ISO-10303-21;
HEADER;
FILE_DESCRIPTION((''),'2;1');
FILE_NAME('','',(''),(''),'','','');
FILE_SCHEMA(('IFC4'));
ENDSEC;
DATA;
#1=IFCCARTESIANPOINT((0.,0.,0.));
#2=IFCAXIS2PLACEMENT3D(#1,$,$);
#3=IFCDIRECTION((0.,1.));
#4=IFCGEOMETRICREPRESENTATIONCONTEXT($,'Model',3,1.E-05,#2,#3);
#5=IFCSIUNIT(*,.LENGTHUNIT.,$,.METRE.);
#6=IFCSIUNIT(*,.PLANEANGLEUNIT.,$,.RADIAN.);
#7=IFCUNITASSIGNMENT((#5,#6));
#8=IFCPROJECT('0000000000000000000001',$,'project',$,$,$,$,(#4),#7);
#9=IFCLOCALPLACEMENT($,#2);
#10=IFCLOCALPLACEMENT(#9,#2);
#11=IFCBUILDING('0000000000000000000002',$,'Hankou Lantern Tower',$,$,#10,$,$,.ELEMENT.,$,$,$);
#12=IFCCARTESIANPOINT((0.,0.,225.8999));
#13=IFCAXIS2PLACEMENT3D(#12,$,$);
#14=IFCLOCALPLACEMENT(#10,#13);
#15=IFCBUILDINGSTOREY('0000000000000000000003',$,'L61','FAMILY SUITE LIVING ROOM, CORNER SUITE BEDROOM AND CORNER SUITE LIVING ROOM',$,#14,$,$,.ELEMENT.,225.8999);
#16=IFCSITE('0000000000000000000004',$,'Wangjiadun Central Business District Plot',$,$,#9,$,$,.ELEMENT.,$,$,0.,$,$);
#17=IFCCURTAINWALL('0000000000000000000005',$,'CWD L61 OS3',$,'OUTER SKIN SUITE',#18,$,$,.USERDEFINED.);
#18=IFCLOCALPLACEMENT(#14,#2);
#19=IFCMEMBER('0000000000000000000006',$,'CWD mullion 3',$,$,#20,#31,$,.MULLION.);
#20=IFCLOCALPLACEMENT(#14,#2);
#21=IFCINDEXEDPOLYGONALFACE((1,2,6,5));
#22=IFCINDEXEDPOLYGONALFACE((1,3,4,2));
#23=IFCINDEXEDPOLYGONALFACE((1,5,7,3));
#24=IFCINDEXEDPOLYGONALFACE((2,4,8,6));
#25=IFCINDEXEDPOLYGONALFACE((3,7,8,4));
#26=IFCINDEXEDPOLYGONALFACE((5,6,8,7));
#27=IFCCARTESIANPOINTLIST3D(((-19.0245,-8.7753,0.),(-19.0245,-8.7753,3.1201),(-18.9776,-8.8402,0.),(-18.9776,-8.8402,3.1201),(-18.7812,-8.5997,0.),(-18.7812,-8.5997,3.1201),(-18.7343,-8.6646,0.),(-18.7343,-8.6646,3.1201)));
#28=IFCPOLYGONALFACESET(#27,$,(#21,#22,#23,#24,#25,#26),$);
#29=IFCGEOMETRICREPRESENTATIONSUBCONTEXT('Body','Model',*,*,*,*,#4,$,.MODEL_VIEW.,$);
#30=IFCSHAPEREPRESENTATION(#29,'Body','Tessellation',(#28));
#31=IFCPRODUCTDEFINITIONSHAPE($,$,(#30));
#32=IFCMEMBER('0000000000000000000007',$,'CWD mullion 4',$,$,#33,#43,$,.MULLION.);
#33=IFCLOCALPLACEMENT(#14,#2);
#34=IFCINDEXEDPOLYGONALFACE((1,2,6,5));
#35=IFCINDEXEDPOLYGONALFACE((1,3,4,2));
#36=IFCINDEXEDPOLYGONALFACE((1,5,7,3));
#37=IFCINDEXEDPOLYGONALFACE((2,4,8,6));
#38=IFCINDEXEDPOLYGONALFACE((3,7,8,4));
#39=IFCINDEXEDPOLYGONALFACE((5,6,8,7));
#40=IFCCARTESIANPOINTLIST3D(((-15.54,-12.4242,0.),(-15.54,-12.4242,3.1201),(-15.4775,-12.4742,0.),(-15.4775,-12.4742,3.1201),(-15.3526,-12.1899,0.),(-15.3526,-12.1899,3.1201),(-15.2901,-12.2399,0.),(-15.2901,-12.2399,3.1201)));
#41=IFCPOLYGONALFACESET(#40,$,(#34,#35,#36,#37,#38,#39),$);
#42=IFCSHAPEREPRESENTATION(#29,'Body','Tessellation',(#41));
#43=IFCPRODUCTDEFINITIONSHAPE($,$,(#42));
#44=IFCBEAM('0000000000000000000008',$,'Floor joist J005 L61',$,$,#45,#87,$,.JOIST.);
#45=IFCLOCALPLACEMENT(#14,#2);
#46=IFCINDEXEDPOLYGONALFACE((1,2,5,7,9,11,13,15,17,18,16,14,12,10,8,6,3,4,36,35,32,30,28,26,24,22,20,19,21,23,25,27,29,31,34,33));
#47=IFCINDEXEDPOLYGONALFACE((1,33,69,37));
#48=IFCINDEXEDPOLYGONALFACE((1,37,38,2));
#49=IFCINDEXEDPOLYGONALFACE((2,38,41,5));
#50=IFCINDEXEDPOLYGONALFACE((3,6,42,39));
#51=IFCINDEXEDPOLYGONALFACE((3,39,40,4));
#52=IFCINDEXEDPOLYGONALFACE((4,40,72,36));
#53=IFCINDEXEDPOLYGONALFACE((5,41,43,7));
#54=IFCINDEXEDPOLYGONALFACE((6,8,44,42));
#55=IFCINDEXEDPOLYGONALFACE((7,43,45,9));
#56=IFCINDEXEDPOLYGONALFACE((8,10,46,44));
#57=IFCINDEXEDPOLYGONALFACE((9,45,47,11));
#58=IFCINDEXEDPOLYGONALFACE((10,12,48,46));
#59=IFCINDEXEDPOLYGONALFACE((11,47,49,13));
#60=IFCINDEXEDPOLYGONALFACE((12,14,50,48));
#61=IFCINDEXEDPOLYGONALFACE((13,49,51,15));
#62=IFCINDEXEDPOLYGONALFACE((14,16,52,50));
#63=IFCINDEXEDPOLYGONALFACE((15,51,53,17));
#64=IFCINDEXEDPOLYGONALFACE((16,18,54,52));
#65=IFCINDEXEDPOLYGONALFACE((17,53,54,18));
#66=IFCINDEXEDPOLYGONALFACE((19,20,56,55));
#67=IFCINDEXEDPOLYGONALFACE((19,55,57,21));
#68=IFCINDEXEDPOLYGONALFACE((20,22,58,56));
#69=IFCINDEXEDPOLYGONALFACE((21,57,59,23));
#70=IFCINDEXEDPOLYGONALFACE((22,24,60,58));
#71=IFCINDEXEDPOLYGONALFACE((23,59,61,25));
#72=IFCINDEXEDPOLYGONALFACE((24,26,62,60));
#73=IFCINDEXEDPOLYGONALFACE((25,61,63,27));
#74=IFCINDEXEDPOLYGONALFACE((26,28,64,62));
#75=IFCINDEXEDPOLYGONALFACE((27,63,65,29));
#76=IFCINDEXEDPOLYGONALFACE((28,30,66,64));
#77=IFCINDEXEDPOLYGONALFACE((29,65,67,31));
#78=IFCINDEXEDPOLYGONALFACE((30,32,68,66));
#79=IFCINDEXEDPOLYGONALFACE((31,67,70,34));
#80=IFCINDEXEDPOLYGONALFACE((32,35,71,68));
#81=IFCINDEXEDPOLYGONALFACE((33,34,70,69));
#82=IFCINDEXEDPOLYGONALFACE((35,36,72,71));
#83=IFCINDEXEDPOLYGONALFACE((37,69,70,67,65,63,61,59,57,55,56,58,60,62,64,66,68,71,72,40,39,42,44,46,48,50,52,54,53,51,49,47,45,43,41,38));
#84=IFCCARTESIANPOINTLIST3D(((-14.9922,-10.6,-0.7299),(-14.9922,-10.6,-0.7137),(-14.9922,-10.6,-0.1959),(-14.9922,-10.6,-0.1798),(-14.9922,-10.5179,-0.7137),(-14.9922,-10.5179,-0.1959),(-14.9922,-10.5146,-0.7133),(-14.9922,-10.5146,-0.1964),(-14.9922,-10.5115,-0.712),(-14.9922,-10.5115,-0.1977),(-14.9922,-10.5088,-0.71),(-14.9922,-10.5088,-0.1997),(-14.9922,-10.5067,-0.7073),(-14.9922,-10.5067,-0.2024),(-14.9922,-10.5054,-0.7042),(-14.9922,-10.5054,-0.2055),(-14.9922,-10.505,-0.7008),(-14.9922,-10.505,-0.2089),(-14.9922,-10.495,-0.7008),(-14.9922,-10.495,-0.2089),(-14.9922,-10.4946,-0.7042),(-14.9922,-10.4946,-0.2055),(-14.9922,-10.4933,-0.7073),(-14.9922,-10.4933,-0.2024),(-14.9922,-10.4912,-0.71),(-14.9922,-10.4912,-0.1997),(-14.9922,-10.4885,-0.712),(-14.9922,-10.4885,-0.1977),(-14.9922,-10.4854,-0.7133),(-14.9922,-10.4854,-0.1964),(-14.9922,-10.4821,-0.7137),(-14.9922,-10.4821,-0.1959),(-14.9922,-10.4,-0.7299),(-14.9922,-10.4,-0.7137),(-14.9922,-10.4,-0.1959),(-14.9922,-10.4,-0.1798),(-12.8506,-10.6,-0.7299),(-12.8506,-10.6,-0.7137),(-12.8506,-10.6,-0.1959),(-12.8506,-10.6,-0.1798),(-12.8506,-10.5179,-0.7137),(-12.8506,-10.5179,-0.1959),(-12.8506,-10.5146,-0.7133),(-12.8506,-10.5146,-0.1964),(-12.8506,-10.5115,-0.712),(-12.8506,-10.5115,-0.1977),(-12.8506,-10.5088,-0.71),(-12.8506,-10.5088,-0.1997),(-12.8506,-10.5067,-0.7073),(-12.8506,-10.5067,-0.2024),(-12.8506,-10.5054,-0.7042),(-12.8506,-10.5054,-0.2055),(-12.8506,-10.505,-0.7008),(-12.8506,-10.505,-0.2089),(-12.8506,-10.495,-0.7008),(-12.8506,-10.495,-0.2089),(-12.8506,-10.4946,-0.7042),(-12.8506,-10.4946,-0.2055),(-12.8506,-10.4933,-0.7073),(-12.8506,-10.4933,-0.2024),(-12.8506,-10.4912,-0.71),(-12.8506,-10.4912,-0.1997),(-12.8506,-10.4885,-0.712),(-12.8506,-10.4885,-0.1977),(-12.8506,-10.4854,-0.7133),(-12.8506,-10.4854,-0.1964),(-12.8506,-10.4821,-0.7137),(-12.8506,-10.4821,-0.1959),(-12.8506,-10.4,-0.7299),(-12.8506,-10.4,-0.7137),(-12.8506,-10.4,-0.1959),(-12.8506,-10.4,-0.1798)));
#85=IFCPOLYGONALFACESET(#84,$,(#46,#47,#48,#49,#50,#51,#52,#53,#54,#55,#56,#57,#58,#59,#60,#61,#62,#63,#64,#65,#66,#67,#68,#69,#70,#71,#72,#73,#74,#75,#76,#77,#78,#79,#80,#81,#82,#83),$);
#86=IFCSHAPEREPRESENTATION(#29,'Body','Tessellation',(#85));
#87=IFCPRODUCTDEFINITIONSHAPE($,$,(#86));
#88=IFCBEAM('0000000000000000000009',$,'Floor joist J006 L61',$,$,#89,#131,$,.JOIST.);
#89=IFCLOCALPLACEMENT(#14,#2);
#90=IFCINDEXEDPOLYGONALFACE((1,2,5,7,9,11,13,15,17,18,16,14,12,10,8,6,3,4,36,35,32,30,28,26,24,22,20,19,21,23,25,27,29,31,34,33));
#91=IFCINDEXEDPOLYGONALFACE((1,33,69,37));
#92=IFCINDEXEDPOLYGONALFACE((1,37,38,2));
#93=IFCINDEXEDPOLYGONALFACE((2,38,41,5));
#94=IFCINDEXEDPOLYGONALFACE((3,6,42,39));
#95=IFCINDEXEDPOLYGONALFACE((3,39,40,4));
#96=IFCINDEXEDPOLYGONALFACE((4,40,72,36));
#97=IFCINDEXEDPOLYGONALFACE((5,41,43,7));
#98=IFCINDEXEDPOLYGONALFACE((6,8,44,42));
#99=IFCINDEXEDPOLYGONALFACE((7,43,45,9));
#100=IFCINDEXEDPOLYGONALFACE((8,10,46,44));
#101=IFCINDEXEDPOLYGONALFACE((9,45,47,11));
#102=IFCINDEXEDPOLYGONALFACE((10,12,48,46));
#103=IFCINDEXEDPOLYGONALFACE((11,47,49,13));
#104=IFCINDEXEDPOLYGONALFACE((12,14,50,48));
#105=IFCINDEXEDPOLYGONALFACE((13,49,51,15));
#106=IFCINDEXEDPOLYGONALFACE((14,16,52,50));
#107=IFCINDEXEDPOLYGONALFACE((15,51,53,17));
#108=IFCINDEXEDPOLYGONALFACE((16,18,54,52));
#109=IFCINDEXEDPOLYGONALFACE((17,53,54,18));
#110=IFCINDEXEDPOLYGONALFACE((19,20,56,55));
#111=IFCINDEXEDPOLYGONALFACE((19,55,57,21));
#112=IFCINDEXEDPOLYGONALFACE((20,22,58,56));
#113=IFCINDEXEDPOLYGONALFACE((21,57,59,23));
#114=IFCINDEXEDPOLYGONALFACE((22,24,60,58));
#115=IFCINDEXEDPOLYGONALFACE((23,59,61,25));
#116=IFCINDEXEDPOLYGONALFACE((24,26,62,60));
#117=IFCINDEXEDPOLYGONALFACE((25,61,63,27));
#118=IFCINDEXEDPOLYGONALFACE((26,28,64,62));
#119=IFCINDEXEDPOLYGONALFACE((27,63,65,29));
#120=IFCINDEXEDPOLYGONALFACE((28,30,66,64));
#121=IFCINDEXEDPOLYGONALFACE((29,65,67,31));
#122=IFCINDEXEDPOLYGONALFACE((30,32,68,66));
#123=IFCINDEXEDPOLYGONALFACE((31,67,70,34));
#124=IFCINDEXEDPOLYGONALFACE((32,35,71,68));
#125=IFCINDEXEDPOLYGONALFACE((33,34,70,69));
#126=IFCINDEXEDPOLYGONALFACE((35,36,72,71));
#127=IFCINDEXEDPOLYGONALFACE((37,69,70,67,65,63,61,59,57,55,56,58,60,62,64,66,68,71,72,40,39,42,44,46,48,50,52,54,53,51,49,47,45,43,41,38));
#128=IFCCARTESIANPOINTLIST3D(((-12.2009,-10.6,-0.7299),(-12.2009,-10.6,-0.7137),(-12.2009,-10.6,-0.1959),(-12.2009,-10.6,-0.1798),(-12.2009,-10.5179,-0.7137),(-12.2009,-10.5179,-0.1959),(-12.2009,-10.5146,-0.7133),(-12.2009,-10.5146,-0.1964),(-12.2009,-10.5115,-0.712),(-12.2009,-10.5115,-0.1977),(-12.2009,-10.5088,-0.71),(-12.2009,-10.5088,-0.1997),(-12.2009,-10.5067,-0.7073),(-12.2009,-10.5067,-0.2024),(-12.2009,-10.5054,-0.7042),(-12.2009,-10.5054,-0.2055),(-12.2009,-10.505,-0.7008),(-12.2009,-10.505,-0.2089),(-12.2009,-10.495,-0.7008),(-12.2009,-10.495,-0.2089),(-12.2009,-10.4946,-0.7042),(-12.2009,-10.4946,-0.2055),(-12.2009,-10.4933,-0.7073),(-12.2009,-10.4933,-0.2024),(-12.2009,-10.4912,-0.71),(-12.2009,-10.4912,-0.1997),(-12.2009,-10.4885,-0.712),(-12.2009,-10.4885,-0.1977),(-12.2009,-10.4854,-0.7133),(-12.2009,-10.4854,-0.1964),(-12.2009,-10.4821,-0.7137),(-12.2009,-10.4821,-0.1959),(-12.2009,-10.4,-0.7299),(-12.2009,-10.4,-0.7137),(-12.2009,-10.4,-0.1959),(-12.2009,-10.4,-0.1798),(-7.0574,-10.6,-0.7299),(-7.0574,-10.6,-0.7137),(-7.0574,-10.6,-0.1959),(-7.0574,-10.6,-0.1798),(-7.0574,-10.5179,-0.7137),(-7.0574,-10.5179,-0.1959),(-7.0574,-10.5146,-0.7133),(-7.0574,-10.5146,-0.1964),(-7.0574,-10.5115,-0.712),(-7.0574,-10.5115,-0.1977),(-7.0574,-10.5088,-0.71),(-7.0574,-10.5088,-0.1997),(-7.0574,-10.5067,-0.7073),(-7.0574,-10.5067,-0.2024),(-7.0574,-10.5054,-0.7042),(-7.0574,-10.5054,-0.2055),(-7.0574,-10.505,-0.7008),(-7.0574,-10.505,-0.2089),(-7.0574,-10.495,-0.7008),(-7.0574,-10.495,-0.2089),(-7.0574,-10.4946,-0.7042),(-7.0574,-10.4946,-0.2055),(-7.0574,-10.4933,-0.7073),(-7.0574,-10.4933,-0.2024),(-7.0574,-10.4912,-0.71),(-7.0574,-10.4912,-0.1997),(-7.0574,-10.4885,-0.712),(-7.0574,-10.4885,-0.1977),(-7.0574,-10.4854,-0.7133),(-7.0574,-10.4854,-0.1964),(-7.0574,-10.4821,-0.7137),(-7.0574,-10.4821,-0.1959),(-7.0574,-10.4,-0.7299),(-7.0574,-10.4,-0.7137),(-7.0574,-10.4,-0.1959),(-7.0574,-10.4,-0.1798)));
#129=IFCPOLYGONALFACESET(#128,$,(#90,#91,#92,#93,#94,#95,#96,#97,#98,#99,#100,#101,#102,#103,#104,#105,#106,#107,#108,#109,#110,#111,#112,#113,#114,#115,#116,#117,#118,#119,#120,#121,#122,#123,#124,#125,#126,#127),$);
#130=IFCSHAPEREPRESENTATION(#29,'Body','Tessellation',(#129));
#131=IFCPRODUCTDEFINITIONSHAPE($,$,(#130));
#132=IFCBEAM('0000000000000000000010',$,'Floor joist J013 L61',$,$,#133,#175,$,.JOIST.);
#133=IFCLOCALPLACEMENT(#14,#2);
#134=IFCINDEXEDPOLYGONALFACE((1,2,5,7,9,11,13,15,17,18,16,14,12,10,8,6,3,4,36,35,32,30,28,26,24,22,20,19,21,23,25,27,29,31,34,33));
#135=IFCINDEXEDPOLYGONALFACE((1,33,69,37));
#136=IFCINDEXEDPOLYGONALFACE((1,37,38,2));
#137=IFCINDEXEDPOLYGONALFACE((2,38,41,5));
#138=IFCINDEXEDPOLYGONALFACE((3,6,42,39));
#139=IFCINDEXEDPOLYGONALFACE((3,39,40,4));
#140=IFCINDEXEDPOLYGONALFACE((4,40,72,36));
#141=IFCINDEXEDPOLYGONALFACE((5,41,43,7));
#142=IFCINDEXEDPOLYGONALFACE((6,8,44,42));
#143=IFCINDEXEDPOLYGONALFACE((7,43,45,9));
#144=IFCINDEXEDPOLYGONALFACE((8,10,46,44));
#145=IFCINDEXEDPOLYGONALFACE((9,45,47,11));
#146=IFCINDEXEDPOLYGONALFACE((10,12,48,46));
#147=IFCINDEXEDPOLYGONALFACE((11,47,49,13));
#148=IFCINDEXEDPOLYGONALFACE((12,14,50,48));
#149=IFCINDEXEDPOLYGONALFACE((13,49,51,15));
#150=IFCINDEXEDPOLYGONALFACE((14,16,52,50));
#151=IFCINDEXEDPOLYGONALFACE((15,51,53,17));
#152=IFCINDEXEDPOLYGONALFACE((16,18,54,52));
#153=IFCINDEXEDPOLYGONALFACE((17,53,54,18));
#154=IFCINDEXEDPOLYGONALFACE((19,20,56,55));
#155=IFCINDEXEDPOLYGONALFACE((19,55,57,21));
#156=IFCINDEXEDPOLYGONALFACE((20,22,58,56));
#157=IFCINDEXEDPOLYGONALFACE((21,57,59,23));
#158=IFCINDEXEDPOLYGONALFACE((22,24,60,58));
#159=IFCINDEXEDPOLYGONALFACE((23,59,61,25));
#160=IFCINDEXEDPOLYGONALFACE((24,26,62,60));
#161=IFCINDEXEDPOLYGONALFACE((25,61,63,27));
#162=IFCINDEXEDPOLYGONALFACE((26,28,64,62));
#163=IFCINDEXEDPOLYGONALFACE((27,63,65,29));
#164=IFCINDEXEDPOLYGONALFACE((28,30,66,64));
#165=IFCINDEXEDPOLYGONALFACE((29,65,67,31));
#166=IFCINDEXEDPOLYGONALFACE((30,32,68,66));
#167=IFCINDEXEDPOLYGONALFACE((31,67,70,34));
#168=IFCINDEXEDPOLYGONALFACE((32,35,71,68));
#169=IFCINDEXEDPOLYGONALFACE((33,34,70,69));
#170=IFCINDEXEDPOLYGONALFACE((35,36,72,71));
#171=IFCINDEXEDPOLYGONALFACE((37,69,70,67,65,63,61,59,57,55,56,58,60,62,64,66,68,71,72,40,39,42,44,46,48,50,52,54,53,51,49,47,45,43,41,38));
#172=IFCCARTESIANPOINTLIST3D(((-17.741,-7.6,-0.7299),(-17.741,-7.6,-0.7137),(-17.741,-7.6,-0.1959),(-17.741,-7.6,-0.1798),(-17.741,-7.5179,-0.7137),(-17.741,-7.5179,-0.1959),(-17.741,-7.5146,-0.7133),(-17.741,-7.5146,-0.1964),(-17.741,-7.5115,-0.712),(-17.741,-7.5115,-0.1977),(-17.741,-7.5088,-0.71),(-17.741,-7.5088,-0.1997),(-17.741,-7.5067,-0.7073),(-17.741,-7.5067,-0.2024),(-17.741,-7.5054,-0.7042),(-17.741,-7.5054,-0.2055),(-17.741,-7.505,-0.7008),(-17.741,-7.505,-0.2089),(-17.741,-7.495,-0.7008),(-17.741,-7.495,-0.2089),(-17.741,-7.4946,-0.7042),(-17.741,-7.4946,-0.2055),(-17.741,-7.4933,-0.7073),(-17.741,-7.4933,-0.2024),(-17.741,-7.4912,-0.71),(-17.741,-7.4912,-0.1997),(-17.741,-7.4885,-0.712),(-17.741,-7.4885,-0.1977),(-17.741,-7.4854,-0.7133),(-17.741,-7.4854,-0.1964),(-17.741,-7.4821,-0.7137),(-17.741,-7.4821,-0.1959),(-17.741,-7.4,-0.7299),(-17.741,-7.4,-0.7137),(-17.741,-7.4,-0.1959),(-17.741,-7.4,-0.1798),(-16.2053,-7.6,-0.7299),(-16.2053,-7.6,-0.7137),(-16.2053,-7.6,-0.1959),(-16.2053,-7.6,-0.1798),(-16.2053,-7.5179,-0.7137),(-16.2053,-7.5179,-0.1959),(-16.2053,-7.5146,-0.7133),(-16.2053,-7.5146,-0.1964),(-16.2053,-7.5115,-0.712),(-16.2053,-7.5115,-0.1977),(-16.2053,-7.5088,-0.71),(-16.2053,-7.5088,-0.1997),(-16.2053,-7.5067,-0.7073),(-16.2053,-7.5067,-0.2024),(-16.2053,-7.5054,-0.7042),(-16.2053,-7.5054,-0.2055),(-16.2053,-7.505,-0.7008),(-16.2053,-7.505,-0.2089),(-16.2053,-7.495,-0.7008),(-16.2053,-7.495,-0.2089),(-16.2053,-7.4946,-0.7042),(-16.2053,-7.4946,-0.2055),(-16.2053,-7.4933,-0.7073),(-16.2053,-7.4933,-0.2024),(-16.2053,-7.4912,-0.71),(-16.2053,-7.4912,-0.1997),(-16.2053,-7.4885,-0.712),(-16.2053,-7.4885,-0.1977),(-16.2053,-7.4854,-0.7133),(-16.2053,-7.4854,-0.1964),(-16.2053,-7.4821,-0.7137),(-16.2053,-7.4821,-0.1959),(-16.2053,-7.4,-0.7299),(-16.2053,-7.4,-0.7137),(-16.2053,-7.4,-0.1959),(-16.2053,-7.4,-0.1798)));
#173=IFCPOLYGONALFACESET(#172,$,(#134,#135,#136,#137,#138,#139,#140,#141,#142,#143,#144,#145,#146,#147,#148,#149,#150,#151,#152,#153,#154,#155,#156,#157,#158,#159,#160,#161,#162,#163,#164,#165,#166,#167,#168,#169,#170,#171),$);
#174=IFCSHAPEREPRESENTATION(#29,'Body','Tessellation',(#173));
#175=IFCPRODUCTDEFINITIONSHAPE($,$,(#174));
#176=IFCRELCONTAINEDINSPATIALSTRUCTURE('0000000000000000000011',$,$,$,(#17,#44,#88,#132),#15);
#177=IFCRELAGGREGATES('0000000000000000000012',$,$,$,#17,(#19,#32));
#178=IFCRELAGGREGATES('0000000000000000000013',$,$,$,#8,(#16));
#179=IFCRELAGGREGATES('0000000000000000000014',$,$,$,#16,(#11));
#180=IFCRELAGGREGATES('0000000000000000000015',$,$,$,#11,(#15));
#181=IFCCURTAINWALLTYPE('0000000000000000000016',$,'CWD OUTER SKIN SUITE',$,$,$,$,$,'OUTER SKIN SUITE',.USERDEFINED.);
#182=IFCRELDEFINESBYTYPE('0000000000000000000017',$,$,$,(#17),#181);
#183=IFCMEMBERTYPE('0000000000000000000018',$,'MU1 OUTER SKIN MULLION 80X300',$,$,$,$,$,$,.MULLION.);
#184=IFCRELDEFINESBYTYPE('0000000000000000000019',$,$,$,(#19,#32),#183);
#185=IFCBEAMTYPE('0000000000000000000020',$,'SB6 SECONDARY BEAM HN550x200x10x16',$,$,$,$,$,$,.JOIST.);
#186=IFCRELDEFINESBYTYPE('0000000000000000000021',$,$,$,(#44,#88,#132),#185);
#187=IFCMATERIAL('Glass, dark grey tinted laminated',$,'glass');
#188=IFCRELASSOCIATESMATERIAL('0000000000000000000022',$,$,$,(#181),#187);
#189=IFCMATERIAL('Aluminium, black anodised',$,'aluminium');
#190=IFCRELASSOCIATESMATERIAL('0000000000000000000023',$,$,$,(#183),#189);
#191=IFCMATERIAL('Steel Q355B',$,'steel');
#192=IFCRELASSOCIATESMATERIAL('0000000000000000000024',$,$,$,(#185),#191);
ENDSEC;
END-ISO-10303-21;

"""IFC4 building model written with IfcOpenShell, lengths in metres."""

from ifc_helpers import new_model, si_unit, direction, frame, origin, origin_2d, place, context, subcontext, project, spatial, rectangle, i_section, extrude, material, material_profile, profile_set, type_object, element, aggregate, save


model = new_model("IFC4")

# Units and contexts
model_context = context("Model", 3, precision=1e-05, world=origin(), true_north=direction((0.0, 1.0)))
body_context = subcontext(model_context, "Body", "Model", "MODEL_VIEW")
ifc_project = project(units=[si_unit("LENGTHUNIT", "METRE"), si_unit("PLANEANGLEUNIT", "RADIAN")], contexts=[model_context])

# Site, building, storey
site_placement = place(None, origin())
site = spatial("IfcSite", under=ifc_project, at=site_placement, Name="Wangjiadun Central Business District Plot", CompositionType="ELEMENT", RefElevation=0.0)
building_placement = place(site_placement, origin())
building = spatial("IfcBuilding", under=site, at=building_placement, Name="Hankou Lantern Tower", CompositionType="ELEMENT")
storey_placement = place(building_placement, frame((0.0, 0.0, 225.8999)))
storey = spatial("IfcBuildingStorey", under=building, at=storey_placement, Name="L61", Description="FAMILY SUITE LIVING ROOM, CORNER SUITE BEDROOM AND CORNER SUITE LIVING ROOM", CompositionType="ELEMENT", Elevation=225.8999)

# Curtain wall, members
ifc_material_1 = material(Name="Glass, dark grey tinted laminated", Category="glass")
curtain_wall_type = type_object("IfcCurtainWallType", Name="CWD OUTER SKIN SUITE", ElementType="OUTER SKIN SUITE", PredefinedType="USERDEFINED", material=ifc_material_1)
curtain_wall_placement = place(storey_placement, origin())
curtain_wall = element("IfcCurtainWall", 1, at=curtain_wall_placement, inside=storey, type_object=curtain_wall_type, Name="CWD L61 OS3", ObjectType="OUTER SKIN SUITE", PredefinedType="USERDEFINED")
ifc_material_2 = material(Name="Aluminium, black anodised", Category="aluminium")
ifc_material_profile_1 = material_profile(ifc_material_2, rectangle(XDim=0.0801, YDim=0.3, at=origin_2d()), Name="MU1 80X300")
ifc_profile_set_1 = profile_set([ifc_material_profile_1], Name="Aluminium, black anodised")
member_type_1 = type_object("IfcMemberType", Name="MU1 OUTER SKIN MULLION 80X300", PredefinedType="MULLION", material=ifc_profile_set_1)
member_1_placement = place(storey_placement, frame((-18.8794, -8.72, 0.0), z_axis=(0.0, 0.0, 1.0), x_axis=(0.585206, -0.810885, 0.0)))
member_1 = element("IfcMember", 2, at=member_1_placement, type_object=member_type_1, Name="CWD mullion 3", PredefinedType="MULLION", context=body_context, shape_type="SweptSolid", body=[
    extrude(rectangle(XDim=0.0801, YDim=0.3, at=origin_2d()), origin(), (0.0, 0.0, 1.0), 3.1201),
])
member_2_placement = place(storey_placement, frame((-15.415, -12.332, 0.0), z_axis=(0.0, 0.0, 1.0), x_axis=(0.780869, -0.624695, 0.0)))
member_2 = element("IfcMember", 3, at=member_2_placement, type_object=member_type_1, Name="CWD mullion 4", PredefinedType="MULLION", context=body_context, shape_type="SweptSolid", body=[
    extrude(rectangle(XDim=0.0801, YDim=0.3, at=origin_2d()), origin(), (0.0, 0.0, 1.0), 3.1201),
])

# Beams
ifc_material_3 = material(Name="Steel Q355B", Category="steel")
ifc_material_profile_2 = material_profile(ifc_material_3, i_section(OverallWidth=0.2, OverallDepth=0.55, WebThickness=0.01, FlangeThickness=0.0161, FilletRadius=0.0129, at=origin_2d()), Name="HN550x200x10x16")
ifc_profile_set_2 = profile_set([ifc_material_profile_2], Name="Steel Q355B")
beam_type_1 = type_object("IfcBeamType", Name="SB6 SECONDARY BEAM HN550x200x10x16", PredefinedType="JOIST", material=ifc_profile_set_2)
beam_1_placement = place(storey_placement, frame((-14.9922, -10.5, -0.4548), z_axis=(1.0, 0.0, 0.0), x_axis=(0.0, 1.0, 0.0)))
element("IfcBeam", 4, at=beam_1_placement, inside=storey, type_object=beam_type_1, Name="Floor joist J005 L61", PredefinedType="JOIST", context=body_context, shape_type="SweptSolid", body=[
    extrude(i_section(OverallWidth=0.2, OverallDepth=0.55, WebThickness=0.01, FlangeThickness=0.0161, FilletRadius=0.0129, at=origin_2d()), origin(), (0.0, 0.0, 1.0), 2.1416),
])
beam_2_placement = place(storey_placement, frame((-12.2009, -10.5, -0.4548), z_axis=(1.0, 0.0, 0.0), x_axis=(0.0, 1.0, 0.0)))
element("IfcBeam", 5, at=beam_2_placement, inside=storey, type_object=beam_type_1, Name="Floor joist J006 L61", PredefinedType="JOIST", context=body_context, shape_type="SweptSolid", body=[
    extrude(i_section(OverallWidth=0.2, OverallDepth=0.55, WebThickness=0.01, FlangeThickness=0.0161, FilletRadius=0.0129, at=origin_2d()), origin(), (0.0, 0.0, 1.0), 5.1436),
])
beam_3_placement = place(storey_placement, frame((-17.741, -7.5, -0.4548), z_axis=(1.0, 0.0, 0.0), x_axis=(0.0, 1.0, 0.0)))
element("IfcBeam", 6, at=beam_3_placement, inside=storey, type_object=beam_type_1, Name="Floor joist J013 L61", PredefinedType="JOIST", context=body_context, shape_type="SweptSolid", body=[
    extrude(i_section(OverallWidth=0.2, OverallDepth=0.55, WebThickness=0.01, FlangeThickness=0.0161, FilletRadius=0.0129, at=origin_2d()), origin(), (0.0, 0.0, 1.0), 1.5356),
])

aggregate(curtain_wall, [member_1, member_2])

save(model, "model.ifc")
